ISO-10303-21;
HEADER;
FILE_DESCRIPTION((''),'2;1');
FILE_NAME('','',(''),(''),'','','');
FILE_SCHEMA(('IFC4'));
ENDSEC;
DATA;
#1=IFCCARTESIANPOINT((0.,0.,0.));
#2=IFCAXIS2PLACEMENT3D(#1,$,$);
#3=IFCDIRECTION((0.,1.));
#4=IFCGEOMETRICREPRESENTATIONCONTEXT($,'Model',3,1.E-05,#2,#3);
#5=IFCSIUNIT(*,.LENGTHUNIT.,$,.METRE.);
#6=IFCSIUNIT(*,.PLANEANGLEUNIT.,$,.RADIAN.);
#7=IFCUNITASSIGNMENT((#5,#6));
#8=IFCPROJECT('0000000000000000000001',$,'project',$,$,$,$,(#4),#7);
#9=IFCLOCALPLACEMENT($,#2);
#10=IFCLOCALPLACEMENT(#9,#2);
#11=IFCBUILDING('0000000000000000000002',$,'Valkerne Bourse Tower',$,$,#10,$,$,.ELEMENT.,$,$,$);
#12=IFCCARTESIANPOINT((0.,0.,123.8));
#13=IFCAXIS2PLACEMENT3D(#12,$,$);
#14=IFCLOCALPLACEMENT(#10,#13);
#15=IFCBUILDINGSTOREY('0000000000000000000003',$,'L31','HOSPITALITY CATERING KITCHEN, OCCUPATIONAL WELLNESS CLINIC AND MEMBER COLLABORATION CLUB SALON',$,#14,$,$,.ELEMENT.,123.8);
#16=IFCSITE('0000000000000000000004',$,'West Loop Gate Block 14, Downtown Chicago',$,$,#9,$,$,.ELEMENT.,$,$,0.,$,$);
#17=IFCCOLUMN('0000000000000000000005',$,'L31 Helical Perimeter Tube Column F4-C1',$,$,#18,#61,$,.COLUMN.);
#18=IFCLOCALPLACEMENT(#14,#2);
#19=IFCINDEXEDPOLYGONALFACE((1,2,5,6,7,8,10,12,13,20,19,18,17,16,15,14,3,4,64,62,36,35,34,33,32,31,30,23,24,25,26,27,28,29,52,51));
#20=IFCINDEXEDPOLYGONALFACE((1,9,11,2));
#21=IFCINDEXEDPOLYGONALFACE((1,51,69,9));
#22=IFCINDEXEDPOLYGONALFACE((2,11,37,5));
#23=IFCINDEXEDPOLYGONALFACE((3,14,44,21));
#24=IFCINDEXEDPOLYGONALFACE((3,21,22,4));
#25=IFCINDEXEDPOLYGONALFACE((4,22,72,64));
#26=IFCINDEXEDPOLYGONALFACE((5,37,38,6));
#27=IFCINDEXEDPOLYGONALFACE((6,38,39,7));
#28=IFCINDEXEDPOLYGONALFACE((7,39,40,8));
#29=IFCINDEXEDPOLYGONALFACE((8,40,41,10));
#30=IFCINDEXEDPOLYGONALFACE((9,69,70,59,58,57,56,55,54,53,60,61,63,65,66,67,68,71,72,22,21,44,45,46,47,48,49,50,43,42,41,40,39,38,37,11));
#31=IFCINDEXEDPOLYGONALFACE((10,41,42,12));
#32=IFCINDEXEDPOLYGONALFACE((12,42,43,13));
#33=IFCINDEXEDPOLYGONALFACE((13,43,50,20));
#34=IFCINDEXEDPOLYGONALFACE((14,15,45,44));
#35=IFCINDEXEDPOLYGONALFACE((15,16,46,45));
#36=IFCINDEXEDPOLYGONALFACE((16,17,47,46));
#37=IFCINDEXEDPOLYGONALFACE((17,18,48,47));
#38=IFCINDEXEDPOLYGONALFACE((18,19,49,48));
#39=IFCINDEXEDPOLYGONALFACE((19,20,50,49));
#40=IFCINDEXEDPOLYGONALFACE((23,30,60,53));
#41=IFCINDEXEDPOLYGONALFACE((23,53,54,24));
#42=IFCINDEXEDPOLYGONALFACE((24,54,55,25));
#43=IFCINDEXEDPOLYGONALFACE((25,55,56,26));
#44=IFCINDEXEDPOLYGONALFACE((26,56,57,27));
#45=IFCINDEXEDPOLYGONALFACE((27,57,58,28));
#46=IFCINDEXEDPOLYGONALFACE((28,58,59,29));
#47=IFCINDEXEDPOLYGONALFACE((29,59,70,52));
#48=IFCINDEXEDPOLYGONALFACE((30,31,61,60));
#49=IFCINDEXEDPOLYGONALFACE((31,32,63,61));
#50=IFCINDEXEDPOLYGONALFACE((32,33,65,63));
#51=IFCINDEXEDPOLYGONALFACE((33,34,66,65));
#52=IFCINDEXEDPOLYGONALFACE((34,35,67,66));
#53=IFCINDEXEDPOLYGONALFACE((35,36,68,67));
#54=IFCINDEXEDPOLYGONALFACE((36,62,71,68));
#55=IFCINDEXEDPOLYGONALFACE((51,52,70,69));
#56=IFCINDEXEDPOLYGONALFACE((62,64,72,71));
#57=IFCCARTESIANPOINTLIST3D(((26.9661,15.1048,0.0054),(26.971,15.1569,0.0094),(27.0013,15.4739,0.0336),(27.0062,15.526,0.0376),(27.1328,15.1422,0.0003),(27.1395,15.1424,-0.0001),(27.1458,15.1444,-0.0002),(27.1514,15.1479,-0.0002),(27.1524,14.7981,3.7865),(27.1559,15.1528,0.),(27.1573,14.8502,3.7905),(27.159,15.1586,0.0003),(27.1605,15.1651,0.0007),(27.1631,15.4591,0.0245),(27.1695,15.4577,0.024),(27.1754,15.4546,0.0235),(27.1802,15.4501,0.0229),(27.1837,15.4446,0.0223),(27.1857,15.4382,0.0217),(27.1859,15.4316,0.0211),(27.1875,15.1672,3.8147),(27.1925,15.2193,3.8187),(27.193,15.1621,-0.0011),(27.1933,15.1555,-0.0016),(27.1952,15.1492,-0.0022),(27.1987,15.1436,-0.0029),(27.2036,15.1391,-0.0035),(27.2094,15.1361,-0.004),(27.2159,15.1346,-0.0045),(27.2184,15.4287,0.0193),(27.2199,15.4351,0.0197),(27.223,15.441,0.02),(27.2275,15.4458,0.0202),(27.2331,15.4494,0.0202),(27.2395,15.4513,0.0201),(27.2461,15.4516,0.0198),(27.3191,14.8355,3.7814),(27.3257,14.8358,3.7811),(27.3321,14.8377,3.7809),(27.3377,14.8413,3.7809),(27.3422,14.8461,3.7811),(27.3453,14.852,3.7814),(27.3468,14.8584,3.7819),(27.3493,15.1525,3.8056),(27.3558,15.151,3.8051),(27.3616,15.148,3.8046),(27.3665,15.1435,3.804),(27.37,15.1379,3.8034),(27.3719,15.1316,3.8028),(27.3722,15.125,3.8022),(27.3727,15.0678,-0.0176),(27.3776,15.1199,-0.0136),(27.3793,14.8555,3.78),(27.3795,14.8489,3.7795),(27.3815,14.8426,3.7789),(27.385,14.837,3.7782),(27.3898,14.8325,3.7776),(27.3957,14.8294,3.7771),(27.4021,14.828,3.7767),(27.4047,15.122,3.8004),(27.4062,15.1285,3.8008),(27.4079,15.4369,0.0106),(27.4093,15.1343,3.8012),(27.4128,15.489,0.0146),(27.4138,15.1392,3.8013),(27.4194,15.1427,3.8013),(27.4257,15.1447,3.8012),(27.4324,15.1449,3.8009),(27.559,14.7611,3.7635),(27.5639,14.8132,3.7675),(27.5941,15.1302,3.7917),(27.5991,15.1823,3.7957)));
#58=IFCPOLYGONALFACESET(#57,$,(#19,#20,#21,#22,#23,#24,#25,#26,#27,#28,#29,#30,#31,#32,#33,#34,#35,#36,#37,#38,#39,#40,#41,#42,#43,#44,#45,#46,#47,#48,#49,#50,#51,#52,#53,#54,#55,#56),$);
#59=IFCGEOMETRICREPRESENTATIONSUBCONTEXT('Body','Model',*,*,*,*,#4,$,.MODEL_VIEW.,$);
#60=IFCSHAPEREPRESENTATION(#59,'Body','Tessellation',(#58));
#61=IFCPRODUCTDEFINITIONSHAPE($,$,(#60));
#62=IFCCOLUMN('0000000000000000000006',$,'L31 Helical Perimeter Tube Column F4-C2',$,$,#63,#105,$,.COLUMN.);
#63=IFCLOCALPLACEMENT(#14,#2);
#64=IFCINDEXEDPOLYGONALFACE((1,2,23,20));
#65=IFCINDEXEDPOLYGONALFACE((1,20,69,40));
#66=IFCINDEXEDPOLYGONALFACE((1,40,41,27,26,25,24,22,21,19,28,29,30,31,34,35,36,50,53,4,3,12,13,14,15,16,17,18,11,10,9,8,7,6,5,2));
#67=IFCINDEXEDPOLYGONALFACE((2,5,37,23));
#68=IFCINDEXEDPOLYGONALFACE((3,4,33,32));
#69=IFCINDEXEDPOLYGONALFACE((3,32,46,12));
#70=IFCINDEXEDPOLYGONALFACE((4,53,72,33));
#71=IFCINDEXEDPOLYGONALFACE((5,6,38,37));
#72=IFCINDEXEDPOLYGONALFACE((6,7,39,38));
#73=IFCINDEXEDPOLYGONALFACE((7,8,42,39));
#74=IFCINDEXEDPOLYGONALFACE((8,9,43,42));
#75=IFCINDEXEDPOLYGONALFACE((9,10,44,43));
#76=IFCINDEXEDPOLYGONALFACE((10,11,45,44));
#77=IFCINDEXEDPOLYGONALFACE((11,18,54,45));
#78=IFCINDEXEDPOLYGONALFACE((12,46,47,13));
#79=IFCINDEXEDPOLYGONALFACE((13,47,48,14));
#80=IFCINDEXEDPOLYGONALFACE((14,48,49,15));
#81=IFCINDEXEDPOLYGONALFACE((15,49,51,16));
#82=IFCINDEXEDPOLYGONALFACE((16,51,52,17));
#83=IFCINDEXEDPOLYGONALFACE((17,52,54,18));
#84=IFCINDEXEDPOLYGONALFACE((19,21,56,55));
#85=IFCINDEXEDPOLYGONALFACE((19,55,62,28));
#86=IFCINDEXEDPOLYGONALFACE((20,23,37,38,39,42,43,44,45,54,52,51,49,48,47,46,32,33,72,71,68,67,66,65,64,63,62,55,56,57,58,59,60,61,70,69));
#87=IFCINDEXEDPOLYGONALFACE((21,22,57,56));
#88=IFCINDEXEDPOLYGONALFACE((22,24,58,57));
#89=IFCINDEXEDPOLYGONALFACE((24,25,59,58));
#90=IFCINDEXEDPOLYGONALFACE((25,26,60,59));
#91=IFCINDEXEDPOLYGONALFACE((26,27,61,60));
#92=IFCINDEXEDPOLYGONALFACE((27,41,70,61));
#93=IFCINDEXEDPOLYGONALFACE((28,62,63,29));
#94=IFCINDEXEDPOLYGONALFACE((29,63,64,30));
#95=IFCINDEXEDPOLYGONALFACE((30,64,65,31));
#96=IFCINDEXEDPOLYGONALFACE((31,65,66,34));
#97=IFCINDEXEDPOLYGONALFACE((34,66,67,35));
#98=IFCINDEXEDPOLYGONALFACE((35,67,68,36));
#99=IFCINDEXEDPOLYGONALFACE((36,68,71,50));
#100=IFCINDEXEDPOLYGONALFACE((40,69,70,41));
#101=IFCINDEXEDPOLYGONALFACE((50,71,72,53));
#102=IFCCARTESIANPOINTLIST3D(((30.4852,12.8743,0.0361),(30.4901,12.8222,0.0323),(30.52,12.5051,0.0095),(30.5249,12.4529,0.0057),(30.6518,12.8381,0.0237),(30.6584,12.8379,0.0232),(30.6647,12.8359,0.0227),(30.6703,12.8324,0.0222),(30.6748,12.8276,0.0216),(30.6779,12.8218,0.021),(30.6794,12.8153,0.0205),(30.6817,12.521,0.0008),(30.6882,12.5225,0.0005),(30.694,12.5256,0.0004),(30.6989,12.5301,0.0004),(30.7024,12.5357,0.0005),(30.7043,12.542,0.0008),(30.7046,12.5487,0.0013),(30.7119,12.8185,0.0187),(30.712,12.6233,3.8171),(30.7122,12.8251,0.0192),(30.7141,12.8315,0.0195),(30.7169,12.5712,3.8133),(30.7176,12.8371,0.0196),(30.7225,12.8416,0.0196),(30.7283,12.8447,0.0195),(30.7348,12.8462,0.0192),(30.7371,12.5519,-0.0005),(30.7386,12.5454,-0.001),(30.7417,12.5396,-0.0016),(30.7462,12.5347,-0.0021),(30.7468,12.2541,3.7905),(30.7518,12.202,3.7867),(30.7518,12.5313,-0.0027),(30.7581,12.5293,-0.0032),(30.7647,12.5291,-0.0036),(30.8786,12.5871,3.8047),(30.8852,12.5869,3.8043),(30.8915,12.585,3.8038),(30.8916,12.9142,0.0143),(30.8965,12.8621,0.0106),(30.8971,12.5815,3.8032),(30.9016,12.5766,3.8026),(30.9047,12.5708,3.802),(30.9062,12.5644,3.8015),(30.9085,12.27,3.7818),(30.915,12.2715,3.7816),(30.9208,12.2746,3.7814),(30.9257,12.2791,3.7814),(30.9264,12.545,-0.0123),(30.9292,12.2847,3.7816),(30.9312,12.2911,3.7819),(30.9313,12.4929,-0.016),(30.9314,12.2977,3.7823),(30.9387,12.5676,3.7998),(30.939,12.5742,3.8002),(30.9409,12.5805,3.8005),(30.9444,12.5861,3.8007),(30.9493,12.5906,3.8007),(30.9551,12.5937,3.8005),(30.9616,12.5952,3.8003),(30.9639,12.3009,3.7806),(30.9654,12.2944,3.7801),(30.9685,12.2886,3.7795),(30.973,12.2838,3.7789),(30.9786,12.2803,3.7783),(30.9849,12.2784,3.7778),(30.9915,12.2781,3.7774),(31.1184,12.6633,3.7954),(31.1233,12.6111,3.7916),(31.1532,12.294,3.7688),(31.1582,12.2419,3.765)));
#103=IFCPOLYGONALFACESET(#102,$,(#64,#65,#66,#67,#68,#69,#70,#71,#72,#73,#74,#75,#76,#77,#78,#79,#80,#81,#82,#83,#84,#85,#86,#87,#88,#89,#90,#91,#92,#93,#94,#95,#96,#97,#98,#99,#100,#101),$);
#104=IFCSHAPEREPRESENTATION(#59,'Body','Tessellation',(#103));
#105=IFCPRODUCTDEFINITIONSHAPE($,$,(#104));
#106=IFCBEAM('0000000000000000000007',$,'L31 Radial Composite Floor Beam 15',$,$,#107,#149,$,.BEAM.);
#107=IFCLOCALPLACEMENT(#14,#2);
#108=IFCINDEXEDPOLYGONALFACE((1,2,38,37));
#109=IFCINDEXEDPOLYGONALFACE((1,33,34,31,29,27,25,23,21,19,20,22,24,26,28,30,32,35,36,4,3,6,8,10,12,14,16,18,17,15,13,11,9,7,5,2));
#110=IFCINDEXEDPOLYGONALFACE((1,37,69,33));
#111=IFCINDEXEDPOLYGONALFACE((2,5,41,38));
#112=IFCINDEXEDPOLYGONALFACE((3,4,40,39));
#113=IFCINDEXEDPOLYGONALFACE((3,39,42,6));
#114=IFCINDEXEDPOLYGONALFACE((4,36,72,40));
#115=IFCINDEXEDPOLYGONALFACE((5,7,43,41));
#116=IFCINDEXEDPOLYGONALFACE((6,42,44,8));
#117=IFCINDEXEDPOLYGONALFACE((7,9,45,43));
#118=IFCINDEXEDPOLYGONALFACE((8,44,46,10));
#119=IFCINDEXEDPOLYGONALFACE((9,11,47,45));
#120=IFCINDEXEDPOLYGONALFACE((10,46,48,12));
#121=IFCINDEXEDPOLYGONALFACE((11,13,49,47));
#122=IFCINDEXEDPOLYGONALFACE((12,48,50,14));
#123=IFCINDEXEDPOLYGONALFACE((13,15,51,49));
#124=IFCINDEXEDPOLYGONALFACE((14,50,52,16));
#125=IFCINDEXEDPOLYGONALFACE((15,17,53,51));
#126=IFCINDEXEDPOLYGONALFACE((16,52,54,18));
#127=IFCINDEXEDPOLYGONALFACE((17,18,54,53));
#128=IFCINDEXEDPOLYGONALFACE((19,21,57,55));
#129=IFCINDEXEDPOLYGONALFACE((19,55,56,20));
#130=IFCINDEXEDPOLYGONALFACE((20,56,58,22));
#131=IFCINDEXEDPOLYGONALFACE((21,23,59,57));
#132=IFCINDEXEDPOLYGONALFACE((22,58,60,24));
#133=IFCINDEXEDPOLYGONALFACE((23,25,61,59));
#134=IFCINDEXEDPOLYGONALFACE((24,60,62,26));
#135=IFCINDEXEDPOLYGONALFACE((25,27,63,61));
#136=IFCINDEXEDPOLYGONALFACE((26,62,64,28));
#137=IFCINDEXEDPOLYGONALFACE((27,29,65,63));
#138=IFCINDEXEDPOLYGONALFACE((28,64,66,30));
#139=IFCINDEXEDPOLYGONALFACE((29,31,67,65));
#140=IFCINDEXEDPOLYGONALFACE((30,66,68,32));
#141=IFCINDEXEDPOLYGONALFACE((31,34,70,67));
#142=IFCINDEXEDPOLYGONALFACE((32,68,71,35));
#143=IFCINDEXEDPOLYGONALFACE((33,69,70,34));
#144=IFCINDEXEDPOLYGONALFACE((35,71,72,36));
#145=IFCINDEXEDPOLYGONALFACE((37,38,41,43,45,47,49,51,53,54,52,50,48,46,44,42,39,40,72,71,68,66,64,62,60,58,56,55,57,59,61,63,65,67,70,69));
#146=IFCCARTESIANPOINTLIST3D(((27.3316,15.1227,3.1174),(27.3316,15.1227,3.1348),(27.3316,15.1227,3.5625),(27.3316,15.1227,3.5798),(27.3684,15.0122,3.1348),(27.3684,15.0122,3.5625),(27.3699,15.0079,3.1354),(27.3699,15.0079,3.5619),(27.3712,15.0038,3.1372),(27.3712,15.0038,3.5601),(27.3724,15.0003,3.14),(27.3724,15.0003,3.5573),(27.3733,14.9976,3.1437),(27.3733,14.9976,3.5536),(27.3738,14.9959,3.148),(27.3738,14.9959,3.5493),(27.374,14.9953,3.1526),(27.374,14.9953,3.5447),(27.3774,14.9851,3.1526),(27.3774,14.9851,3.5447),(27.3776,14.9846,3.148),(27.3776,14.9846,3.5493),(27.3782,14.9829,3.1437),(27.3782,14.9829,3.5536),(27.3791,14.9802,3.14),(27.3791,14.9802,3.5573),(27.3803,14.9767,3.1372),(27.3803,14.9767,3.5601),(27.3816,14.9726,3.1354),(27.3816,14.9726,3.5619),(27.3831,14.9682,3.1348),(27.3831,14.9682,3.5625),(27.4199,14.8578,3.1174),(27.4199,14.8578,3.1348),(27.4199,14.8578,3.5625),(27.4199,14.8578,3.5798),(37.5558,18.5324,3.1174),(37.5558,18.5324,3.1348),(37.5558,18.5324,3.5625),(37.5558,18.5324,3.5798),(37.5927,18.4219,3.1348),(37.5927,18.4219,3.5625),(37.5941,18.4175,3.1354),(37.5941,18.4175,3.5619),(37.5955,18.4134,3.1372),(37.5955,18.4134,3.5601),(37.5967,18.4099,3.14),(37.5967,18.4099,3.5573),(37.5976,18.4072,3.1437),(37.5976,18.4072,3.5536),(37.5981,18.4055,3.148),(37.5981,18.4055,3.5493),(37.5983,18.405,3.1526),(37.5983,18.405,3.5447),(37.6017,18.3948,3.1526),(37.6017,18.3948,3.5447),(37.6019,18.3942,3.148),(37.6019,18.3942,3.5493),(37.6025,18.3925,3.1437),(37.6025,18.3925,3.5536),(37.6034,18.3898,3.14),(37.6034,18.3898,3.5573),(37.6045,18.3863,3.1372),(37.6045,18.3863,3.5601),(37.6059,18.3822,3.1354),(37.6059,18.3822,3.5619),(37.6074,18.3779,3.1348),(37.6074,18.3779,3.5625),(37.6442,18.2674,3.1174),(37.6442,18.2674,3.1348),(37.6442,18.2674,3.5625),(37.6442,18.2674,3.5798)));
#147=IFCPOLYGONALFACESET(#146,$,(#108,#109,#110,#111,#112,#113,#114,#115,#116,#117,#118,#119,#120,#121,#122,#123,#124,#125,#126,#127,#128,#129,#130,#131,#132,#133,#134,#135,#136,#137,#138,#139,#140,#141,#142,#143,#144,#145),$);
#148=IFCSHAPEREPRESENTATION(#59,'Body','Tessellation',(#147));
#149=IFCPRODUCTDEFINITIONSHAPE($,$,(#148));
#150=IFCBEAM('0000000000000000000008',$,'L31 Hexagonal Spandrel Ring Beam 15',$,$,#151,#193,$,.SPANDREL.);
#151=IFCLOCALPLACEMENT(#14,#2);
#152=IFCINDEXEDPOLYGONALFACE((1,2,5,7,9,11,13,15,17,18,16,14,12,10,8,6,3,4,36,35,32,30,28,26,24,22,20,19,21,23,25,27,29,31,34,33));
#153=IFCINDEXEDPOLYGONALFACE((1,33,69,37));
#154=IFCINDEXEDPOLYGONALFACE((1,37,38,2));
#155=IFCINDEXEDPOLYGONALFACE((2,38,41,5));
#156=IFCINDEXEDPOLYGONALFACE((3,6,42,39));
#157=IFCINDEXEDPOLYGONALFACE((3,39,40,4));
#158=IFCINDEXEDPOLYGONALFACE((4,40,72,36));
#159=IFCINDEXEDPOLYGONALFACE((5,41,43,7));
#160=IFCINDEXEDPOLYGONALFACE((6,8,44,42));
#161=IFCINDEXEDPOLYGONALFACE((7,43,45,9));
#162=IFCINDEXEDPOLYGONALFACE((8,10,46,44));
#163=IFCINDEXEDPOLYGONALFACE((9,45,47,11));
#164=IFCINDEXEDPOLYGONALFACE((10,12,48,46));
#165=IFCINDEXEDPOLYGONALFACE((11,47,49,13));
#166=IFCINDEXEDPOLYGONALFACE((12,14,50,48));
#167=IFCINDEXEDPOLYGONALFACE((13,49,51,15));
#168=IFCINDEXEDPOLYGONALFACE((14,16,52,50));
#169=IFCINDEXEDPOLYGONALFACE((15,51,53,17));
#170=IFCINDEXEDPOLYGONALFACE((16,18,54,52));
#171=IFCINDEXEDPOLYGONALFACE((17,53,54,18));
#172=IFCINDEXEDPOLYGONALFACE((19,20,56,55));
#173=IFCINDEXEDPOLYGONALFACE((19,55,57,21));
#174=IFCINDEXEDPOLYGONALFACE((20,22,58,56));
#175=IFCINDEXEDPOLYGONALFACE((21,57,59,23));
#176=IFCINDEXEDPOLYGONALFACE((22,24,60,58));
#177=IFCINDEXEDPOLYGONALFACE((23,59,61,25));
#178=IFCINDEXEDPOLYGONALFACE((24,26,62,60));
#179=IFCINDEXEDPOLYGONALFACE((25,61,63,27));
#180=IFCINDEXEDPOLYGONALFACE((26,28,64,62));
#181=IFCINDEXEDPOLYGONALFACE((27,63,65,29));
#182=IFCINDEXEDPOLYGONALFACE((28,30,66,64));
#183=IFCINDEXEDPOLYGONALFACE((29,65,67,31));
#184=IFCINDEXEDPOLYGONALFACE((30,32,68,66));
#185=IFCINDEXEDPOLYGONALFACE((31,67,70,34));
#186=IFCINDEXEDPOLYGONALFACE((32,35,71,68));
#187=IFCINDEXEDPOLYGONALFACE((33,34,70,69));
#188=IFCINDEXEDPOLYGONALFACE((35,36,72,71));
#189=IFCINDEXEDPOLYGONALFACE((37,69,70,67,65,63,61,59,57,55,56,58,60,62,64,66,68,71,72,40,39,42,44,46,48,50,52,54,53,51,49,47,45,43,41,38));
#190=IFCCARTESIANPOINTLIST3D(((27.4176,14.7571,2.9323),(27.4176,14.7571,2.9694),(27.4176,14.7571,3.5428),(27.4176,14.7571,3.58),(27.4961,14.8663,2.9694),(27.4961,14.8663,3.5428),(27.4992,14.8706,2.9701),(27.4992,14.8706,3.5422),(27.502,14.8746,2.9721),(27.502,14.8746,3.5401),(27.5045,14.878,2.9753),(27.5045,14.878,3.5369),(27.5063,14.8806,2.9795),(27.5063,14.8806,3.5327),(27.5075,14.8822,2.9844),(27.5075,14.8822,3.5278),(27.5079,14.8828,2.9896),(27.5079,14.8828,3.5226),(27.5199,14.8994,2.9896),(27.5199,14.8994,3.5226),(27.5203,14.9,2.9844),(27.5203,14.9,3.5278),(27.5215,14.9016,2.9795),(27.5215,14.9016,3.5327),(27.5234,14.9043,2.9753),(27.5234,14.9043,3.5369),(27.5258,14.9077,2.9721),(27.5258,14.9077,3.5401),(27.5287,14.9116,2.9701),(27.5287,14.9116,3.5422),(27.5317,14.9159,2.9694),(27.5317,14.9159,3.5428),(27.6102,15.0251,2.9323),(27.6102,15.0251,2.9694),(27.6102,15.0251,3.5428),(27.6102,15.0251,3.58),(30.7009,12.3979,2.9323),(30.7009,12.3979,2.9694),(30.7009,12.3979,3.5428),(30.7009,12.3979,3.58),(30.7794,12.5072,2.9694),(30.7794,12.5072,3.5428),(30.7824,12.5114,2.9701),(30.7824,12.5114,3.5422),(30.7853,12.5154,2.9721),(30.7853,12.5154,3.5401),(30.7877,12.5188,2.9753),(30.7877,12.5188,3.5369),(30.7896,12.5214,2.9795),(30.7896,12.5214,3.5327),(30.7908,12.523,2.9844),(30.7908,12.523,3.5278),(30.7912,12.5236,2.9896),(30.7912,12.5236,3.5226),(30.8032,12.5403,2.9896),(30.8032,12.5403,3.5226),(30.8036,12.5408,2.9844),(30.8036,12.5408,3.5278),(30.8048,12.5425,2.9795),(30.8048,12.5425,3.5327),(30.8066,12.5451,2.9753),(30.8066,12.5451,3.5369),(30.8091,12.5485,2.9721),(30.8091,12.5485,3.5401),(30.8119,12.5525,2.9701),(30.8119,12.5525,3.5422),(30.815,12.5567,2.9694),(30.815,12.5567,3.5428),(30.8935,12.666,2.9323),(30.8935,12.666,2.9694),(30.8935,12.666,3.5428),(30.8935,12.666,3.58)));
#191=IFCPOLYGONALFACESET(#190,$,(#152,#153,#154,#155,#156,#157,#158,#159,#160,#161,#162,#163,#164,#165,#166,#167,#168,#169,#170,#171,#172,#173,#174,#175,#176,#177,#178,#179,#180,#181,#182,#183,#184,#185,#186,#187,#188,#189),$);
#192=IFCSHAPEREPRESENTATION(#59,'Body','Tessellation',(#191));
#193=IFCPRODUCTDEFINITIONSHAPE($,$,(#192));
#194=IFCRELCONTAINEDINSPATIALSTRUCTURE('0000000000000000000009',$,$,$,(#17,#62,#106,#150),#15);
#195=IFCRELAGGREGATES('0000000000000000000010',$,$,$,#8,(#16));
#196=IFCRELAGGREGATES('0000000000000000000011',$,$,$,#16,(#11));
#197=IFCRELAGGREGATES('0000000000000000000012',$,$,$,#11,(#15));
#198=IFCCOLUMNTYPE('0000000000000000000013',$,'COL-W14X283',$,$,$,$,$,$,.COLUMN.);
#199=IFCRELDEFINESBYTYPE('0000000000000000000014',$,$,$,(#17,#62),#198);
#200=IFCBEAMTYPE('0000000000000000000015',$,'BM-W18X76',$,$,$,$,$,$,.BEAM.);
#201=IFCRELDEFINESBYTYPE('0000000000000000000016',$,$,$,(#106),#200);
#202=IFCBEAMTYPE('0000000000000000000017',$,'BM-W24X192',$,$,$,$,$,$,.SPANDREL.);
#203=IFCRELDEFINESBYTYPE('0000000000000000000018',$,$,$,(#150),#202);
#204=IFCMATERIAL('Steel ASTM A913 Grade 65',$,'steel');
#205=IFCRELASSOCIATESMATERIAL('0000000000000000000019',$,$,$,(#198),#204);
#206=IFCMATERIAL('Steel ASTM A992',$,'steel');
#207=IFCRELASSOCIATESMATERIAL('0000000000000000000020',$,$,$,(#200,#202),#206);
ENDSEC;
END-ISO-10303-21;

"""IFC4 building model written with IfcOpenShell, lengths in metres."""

from ifc_helpers import new_model, si_unit, direction, frame, origin, origin_2d, place, context, subcontext, project, spatial, i_section, extrude, material, material_profile, profile_set, type_object, element, save


model = new_model("IFC4")

# Units and contexts
model_context = context("Model", 3, precision=1e-05, world=origin(), true_north=direction((0.0, 1.0)))
body_context = subcontext(model_context, "Body", "Model", "MODEL_VIEW")
ifc_project = project(units=[si_unit("LENGTHUNIT", "METRE"), si_unit("PLANEANGLEUNIT", "RADIAN")], contexts=[model_context])

# Site, building, storey
site_placement = place(None, origin())
site = spatial("IfcSite", under=ifc_project, at=site_placement, Name="West Loop Gate Block 14, Downtown Chicago", CompositionType="ELEMENT", RefElevation=0.0)
building_placement = place(site_placement, origin())
building = spatial("IfcBuilding", under=site, at=building_placement, Name="Valkerne Bourse Tower", CompositionType="ELEMENT")
storey_placement = place(building_placement, frame((0.0, 0.0, 123.8)))
storey = spatial("IfcBuildingStorey", under=building, at=storey_placement, Name="L31", Description="HOSPITALITY CATERING KITCHEN, OCCUPATIONAL WELLNESS CLINIC AND MEMBER COLLABORATION CLUB SALON", CompositionType="ELEMENT", Elevation=123.8)

# Columns
ifc_material_1 = material(Name="Steel ASTM A913 Grade 65", Category="steel")
ifc_material_profile_1 = material_profile(ifc_material_1, i_section(OverallWidth=0.4089, OverallDepth=0.4243, WebThickness=0.0327, FlangeThickness=0.0525, FilletRadius=0.0254, at=origin_2d()), Name="W14X283")
ifc_profile_set_1 = profile_set([ifc_material_profile_1], Name="Steel ASTM A913 Grade 65")
column_type = type_object("IfcColumnType", Name="COL-W14X283", PredefinedType="COLUMN", material=ifc_profile_set_1)
column_1_placement = place(storey_placement, frame((27.1895, 15.2969, 0.01), z_axis=(0.049047, -0.080738, 0.995528), x_axis=(0.994305, -0.090474, -0.056324)))
element("IfcColumn", 1, at=column_1_placement, inside=storey, type_object=column_type, Name="L31 Helical Perimeter Tube Column F4-C1", PredefinedType="COLUMN", context=body_context, shape_type="SweptSolid", body=[
    extrude(i_section(OverallWidth=0.4089, OverallDepth=0.4243, WebThickness=0.0327, FlangeThickness=0.0525, FilletRadius=0.0254, at=origin_2d()), origin(), (0.0, 0.0, 1.0), 3.7981),
])
column_2_placement = place(storey_placement, frame((30.7083, 12.6836, 0.01), z_axis=(0.059747, -0.066114, 0.996022), x_axis=(0.993799, 0.097675, -0.05313)))
element("IfcColumn", 2, at=column_2_placement, inside=storey, type_object=column_type, Name="L31 Helical Perimeter Tube Column F4-C2", PredefinedType="COLUMN", context=body_context, shape_type="SweptSolid", body=[
    extrude(i_section(OverallWidth=0.4089, OverallDepth=0.4243, WebThickness=0.0327, FlangeThickness=0.0525, FilletRadius=0.0254, at=origin_2d()), origin(), (0.0, 0.0, 1.0), 3.7961),
])

# Beams
ifc_material_2 = material(Name="Steel ASTM A992", Category="steel")
ifc_material_profile_2 = material_profile(ifc_material_2, i_section(OverallWidth=0.2793, OverallDepth=0.4624, WebThickness=0.0107, FlangeThickness=0.0173, FilletRadius=0.0178, at=origin_2d()), Name="W18X76")
ifc_profile_set_2 = profile_set([ifc_material_profile_2], Name="Steel ASTM A992")
beam_type_1 = type_object("IfcBeamType", Name="BM-W18X76", PredefinedType="BEAM", material=ifc_profile_set_2)
beam_1_placement = place(storey_placement, frame((27.3757, 14.9902, 3.3486), z_axis=(0.94864, 0.316357, 0.0), x_axis=(-0.316357, 0.94864, 0.0)))
element("IfcBeam", 3, at=beam_1_placement, inside=storey, type_object=beam_type_1, Name="L31 Radial Composite Floor Beam 15", PredefinedType="BEAM", context=body_context, shape_type="SweptSolid", body=[
    extrude(i_section(OverallWidth=0.2793, OverallDepth=0.4624, WebThickness=0.0107, FlangeThickness=0.0173, FilletRadius=0.0178, at=origin_2d()), origin(), (0.0, 0.0, 1.0), 10.7778),
])
ifc_material_profile_3 = material_profile(ifc_material_2, i_section(OverallWidth=0.3301, OverallDepth=0.6477, WebThickness=0.0205, FlangeThickness=0.0371, FilletRadius=0.0203, at=origin_2d()), Name="W24X192")
ifc_profile_set_3 = profile_set([ifc_material_profile_3], Name="Steel ASTM A992")
beam_type_2 = type_object("IfcBeamType", Name="BM-W24X192", PredefinedType="SPANDREL", material=ifc_profile_set_3)
beam_2_placement = place(storey_placement, frame((27.5139, 14.8911, 3.2561), z_axis=(0.812094, -0.583527, 0.0), x_axis=(0.583527, 0.812094, 0.0)))
element("IfcBeam", 4, at=beam_2_placement, inside=storey, type_object=beam_type_2, Name="L31 Hexagonal Spandrel Ring Beam 15", PredefinedType="SPANDREL", context=body_context, shape_type="SweptSolid", body=[
    extrude(i_section(OverallWidth=0.3301, OverallDepth=0.6477, WebThickness=0.0205, FlangeThickness=0.0371, FilletRadius=0.0203, at=origin_2d()), origin(), (0.0, 0.0, 1.0), 4.043),
])

save(model, "model.ifc")
